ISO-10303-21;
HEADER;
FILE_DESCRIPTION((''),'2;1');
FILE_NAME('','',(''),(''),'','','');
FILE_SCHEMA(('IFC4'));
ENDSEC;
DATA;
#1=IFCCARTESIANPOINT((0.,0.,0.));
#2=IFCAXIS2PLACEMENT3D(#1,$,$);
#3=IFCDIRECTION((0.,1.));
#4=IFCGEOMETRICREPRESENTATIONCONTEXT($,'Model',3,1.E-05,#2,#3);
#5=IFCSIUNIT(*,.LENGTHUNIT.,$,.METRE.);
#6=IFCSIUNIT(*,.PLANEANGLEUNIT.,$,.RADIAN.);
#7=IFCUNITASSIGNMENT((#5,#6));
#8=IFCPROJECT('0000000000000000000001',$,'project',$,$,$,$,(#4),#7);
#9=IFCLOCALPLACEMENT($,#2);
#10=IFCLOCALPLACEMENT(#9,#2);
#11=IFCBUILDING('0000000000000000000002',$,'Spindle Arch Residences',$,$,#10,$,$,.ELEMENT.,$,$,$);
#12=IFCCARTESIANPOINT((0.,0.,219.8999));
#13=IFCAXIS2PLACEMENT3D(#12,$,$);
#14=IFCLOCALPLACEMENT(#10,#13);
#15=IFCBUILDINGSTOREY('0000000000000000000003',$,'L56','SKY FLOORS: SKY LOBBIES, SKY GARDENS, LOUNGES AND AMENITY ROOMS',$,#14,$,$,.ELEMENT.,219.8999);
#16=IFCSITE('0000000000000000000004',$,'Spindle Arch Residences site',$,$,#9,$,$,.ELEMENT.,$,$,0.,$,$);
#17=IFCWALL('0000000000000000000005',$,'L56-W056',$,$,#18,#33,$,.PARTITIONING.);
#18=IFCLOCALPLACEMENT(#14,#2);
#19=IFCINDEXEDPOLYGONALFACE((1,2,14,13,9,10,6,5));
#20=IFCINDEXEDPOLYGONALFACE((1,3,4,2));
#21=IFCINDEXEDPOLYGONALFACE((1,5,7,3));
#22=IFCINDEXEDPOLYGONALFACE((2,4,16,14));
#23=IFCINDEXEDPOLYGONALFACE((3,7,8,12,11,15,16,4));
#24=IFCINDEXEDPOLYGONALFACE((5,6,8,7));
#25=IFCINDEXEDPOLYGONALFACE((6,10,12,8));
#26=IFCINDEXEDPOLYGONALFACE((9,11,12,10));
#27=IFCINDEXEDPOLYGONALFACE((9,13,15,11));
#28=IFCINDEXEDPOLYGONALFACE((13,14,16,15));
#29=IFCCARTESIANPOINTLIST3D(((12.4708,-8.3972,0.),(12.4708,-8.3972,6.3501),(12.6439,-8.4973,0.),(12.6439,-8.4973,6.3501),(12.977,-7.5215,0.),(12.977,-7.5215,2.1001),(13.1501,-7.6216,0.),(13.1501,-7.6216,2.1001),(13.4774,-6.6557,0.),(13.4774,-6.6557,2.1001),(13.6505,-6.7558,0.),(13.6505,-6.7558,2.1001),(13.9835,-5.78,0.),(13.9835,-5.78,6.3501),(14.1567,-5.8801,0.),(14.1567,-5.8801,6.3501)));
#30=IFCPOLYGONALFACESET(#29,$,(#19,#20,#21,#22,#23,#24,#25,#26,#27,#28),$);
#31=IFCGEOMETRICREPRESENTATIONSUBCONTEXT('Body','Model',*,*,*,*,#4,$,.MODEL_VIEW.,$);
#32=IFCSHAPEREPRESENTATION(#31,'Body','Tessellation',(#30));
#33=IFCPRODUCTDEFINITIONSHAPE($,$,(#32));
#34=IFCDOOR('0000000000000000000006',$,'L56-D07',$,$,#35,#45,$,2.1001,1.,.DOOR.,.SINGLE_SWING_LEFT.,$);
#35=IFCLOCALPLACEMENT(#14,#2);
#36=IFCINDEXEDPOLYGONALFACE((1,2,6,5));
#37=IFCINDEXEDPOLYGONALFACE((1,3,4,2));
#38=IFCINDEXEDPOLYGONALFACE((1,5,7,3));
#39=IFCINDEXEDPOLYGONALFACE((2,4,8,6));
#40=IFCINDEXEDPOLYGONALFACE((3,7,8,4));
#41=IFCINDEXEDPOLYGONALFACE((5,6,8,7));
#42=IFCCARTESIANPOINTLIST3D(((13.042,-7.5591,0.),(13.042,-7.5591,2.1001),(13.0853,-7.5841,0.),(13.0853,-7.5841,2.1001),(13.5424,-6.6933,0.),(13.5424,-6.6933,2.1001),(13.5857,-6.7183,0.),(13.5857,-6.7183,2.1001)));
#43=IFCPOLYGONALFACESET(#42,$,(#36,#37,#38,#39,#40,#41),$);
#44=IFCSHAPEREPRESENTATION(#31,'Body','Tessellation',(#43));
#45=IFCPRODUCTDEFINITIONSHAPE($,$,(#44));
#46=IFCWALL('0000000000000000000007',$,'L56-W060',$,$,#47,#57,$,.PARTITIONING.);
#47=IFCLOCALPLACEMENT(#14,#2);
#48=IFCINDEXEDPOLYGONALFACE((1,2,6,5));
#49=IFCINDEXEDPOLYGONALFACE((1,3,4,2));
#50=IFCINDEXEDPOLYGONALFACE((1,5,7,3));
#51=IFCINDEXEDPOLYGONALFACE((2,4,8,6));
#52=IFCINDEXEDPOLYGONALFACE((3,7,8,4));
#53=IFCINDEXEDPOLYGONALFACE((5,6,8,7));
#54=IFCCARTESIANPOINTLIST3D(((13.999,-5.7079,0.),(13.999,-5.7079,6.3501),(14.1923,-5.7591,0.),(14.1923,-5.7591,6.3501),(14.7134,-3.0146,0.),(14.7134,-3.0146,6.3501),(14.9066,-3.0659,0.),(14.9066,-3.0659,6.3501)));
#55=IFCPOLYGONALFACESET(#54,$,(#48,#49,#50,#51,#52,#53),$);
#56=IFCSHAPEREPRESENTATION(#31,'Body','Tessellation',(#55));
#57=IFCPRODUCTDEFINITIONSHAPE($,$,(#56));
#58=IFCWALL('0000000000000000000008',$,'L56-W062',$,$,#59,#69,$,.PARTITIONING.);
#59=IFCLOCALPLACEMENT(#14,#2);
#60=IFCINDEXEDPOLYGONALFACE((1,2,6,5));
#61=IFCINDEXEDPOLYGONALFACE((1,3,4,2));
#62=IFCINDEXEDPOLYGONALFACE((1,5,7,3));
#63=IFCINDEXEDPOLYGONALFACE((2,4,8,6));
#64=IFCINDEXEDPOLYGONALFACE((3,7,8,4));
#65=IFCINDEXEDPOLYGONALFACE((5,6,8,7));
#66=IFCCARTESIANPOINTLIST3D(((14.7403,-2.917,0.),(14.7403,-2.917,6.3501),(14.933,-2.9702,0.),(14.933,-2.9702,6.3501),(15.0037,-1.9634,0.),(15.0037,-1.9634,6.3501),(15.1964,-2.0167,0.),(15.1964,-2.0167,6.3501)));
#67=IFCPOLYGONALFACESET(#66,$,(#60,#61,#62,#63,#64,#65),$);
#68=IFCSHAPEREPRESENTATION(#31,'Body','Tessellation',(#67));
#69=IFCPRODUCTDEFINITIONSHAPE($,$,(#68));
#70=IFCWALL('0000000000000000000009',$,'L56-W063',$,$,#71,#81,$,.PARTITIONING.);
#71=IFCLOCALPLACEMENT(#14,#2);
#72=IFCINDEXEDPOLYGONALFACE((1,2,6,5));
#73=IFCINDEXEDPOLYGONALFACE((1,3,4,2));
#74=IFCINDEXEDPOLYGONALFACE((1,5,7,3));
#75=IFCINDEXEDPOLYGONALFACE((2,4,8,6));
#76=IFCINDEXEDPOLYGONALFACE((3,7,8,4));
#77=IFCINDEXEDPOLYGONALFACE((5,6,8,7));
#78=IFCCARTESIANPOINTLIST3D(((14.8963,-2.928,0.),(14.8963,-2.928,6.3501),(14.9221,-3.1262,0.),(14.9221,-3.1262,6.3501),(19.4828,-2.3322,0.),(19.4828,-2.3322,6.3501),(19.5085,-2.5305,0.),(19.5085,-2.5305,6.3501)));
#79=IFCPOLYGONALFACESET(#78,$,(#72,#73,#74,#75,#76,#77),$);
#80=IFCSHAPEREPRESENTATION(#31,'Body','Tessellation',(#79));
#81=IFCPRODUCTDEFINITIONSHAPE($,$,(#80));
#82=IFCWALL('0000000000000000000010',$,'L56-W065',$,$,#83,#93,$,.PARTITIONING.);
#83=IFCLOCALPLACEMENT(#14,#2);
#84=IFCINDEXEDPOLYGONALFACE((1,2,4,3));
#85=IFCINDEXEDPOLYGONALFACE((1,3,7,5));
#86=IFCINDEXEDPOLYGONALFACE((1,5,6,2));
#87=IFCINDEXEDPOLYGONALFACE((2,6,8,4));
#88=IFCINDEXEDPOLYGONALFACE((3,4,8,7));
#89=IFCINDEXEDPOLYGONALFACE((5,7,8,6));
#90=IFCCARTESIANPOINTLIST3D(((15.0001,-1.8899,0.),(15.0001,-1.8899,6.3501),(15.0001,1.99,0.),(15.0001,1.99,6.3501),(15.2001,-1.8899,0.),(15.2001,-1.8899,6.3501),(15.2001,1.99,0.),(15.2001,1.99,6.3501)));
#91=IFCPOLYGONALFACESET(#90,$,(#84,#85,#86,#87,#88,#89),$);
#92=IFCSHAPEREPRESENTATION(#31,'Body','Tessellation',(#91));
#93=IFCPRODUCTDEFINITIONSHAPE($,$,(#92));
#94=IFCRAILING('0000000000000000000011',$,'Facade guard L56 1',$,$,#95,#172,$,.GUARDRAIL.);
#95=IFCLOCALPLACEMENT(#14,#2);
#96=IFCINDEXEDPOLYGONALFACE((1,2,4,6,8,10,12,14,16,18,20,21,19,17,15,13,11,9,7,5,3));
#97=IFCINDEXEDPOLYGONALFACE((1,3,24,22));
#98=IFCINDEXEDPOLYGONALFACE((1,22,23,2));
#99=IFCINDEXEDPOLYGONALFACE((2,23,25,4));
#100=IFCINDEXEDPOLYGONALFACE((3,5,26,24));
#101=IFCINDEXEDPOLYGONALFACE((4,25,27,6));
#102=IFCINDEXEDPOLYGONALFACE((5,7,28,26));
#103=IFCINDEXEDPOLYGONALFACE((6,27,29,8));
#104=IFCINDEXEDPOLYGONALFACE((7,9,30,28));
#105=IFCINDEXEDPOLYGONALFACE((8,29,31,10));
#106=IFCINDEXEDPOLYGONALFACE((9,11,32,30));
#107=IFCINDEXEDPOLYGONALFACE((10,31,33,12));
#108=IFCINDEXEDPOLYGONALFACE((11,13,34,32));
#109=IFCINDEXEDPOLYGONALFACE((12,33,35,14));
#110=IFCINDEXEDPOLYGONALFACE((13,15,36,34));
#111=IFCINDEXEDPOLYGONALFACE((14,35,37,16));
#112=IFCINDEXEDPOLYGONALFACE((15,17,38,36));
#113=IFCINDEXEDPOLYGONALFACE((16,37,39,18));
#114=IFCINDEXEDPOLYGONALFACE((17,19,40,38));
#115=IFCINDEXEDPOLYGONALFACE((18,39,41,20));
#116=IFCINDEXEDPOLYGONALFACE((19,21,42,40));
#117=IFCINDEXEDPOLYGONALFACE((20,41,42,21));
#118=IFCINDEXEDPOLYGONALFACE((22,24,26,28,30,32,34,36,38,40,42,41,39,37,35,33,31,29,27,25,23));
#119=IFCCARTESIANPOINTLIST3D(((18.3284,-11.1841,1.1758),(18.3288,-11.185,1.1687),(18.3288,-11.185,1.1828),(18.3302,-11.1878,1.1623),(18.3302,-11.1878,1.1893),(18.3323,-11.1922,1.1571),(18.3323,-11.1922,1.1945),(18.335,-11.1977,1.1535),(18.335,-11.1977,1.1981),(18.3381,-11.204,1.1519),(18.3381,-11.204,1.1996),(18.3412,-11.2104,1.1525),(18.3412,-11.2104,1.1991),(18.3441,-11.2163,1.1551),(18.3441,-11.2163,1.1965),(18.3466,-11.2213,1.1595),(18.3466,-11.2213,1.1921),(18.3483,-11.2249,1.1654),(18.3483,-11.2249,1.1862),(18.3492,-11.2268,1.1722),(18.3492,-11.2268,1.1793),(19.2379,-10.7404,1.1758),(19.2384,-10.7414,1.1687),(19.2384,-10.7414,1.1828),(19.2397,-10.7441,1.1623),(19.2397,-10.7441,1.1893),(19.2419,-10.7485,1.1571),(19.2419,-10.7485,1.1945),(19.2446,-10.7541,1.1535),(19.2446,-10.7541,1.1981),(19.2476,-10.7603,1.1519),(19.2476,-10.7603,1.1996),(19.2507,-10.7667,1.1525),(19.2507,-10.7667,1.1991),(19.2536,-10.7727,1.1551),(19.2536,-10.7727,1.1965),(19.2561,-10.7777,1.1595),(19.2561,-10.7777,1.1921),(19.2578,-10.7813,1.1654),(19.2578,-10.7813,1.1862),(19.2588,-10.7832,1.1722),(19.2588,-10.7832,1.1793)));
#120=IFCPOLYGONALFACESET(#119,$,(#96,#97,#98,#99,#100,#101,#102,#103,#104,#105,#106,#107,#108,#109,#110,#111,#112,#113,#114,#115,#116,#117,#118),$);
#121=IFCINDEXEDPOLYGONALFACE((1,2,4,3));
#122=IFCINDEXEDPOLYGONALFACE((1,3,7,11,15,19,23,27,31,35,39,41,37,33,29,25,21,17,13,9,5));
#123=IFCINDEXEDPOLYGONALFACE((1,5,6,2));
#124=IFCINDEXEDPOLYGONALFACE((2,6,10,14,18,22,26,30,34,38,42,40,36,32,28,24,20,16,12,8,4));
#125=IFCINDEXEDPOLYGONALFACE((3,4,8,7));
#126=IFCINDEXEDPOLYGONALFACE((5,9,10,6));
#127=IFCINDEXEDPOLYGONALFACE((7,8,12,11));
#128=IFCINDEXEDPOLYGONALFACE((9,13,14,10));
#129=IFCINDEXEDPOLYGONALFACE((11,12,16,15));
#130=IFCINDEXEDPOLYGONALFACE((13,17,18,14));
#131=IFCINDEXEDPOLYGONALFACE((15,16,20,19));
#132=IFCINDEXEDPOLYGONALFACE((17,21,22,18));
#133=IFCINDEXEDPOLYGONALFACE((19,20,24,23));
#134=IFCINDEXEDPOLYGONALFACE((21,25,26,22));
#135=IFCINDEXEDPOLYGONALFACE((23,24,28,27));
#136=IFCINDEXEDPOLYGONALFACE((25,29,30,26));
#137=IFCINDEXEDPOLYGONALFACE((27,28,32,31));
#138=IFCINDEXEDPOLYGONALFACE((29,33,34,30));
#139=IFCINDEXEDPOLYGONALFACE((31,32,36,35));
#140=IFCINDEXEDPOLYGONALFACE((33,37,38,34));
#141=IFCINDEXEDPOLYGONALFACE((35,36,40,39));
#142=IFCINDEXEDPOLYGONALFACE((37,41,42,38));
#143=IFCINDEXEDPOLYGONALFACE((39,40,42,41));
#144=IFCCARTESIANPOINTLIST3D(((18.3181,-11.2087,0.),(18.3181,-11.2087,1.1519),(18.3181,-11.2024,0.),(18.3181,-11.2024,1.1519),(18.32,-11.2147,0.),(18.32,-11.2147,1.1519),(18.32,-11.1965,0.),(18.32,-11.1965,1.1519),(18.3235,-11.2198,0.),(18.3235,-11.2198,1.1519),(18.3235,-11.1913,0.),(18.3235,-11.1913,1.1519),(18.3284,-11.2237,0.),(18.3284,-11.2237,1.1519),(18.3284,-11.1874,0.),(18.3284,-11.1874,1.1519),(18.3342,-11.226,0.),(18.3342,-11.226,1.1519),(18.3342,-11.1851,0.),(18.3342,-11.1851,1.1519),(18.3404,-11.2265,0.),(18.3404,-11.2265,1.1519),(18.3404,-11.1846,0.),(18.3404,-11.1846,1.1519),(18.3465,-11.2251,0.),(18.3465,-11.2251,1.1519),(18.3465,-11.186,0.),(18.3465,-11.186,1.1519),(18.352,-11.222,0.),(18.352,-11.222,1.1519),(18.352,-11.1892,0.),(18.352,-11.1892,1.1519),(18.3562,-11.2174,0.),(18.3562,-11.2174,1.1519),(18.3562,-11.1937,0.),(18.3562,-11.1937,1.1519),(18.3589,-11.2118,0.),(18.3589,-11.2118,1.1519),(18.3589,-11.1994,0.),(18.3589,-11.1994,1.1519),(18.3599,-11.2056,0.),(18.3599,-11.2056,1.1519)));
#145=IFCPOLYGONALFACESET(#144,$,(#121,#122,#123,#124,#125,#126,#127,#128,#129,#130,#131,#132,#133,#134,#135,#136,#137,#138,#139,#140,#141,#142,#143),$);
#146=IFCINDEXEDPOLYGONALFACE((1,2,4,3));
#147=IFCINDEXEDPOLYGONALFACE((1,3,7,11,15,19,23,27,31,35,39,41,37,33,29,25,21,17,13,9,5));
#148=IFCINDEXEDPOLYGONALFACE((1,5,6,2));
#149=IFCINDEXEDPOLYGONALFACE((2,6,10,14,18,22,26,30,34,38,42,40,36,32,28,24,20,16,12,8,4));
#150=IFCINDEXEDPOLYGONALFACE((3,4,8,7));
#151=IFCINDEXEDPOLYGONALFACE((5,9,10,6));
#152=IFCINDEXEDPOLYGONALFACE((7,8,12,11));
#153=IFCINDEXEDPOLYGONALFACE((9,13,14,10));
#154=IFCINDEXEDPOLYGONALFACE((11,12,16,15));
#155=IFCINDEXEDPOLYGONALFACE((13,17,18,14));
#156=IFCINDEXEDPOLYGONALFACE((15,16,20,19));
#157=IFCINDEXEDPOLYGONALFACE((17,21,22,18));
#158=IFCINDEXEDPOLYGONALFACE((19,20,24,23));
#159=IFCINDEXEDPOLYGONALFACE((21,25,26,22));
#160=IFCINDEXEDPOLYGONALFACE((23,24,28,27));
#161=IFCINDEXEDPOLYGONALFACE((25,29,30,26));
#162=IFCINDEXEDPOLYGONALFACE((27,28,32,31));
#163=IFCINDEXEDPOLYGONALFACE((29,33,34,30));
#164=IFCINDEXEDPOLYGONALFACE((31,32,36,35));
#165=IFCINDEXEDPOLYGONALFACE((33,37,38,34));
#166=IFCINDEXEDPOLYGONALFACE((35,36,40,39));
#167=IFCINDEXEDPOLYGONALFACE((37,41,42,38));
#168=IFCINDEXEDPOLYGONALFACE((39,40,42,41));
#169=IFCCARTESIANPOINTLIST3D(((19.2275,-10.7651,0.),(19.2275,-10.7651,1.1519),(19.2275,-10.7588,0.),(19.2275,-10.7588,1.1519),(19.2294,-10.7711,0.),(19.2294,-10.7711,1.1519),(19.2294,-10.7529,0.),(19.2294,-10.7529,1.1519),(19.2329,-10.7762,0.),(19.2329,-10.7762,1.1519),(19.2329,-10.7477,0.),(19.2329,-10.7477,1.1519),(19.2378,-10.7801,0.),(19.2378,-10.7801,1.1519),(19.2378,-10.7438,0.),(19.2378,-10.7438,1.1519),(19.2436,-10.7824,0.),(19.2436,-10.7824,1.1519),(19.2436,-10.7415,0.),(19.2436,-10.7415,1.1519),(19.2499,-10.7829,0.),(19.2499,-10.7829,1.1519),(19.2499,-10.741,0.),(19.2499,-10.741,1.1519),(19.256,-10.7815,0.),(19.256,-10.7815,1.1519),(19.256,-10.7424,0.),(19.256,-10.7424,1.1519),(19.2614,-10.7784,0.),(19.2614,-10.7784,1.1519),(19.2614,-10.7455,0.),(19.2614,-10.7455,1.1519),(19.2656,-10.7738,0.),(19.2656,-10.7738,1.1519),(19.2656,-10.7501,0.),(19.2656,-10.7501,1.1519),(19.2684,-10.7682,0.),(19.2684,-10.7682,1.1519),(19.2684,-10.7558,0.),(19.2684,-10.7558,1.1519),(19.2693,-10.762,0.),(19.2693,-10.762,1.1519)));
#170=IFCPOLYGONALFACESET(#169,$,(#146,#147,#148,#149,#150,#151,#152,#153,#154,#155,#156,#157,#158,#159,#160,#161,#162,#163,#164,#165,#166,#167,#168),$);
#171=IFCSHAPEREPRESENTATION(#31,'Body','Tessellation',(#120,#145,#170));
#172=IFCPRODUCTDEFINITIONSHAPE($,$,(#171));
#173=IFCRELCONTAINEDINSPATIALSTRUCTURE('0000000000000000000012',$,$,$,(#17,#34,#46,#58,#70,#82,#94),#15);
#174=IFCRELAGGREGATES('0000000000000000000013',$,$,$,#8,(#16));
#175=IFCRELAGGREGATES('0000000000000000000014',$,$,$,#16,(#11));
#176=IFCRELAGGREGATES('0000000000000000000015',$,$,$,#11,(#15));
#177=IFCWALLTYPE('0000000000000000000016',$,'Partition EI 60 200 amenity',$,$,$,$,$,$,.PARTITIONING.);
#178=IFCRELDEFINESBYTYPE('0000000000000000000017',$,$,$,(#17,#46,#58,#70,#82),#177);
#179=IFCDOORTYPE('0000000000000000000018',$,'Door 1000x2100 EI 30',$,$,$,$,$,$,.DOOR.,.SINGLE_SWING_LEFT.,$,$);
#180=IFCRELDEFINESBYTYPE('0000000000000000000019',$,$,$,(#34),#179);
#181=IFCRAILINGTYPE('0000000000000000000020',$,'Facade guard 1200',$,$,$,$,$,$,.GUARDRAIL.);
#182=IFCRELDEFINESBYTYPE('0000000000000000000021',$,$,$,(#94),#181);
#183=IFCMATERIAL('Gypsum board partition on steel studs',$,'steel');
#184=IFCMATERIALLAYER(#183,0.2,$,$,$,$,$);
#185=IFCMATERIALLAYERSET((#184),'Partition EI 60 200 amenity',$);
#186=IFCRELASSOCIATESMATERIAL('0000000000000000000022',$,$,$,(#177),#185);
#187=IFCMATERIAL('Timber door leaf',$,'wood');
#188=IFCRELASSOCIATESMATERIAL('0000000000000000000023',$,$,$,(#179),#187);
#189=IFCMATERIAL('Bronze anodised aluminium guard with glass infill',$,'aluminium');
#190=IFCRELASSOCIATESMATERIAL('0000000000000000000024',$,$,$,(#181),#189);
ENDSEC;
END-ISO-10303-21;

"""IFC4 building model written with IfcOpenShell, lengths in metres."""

from ifc_helpers import new_model, si_unit, direction, frame, frame_2d, origin, origin_2d, place, context, subcontext, project, spatial, rectangle, circle, extrude, material, layer, layer_set, type_object, element, fill, save


model = new_model("IFC4")

# Units and contexts
model_context = context("Model", 3, precision=1e-05, world=origin(), true_north=direction((0.0, 1.0)))
body_context = subcontext(model_context, "Body", "Model", "MODEL_VIEW")
ifc_project = project(units=[si_unit("LENGTHUNIT", "METRE"), si_unit("PLANEANGLEUNIT", "RADIAN")], contexts=[model_context])

# Site, building, storey
site_placement = place(None, origin())
site = spatial("IfcSite", under=ifc_project, at=site_placement, Name="Spindle Arch Residences site", CompositionType="ELEMENT", RefElevation=0.0)
building_placement = place(site_placement, origin())
building = spatial("IfcBuilding", under=site, at=building_placement, Name="Spindle Arch Residences", CompositionType="ELEMENT")
storey_placement = place(building_placement, frame((0.0, 0.0, 219.8999)))
storey = spatial("IfcBuildingStorey", under=building, at=storey_placement, Name="L56", Description="SKY FLOORS: SKY LOBBIES, SKY GARDENS, LOUNGES AND AMENITY ROOMS", CompositionType="ELEMENT", Elevation=219.8999)

# Wall, opening, door
ifc_material_1 = material(Name="Gypsum board partition on steel studs", Category="steel")
ifc_layer_1 = layer(ifc_material_1, 0.2)
ifc_layer_set_1 = layer_set([ifc_layer_1], Name="Partition EI 60 200 amenity")
wall_type_1 = type_object("IfcWallType", Name="Partition EI 60 200 amenity", PredefinedType="PARTITIONING", material=ifc_layer_set_1)
wall_1_placement = place(storey_placement, frame((12.5574, -8.4473, 0.0), z_axis=(0.0, 0.0, 1.0), x_axis=(0.500412, 0.865787, 0.0)))
wall_1 = element("IfcWall", 1, at=wall_1_placement, inside=storey, type_object=wall_type_1, Name="L56-W056", PredefinedType="PARTITIONING", context=body_context, shape_type="SweptSolid", body=[
    extrude(rectangle(XDim=3.0229, YDim=0.2, at=frame_2d((1.5115, 0.0))), origin(), (0.0, 0.0, 1.0), 6.3501),
])
opening_placement = place(wall_1_placement, frame((1.0115, 0.0, 0.0)))
opening = element("IfcOpeningElement", 2, at=opening_placement, cuts=wall_1, PredefinedType="OPENING", context=body_context, shape_type="SweptSolid", body=[
    extrude(rectangle(XDim=1.0, YDim=2.1001, at=frame_2d((0.5, 1.05))), frame((0.0, 0.1099, 0.0), z_axis=(0.0, -1.0, 0.0), x_axis=(1.0, 0.0, 0.0)), (0.0, 0.0, 1.0), 0.22),
])
ifc_material_2 = material(Name="Timber door leaf", Category="wood")
door_type = type_object("IfcDoorType", Name="Door 1000x2100 EI 30", OperationType="SINGLE_SWING_LEFT", PredefinedType="DOOR", material=ifc_material_2)
door_placement = place(opening_placement, origin())
door = element("IfcDoor", 3, at=door_placement, inside=storey, type_object=door_type, Name="L56-D07", OperationType="SINGLE_SWING_LEFT", OverallHeight=2.1001, OverallWidth=1.0, PredefinedType="DOOR", context=body_context, shape_type="SweptSolid", body=[
    extrude(rectangle(XDim=1.0, YDim=2.1001, at=frame_2d((0.5, 1.05))), frame((0.0, 0.0249, 0.0), z_axis=(0.0, -1.0, 0.0), x_axis=(1.0, 0.0, 0.0)), (0.0, 0.0, 1.0), 0.05),
])
fill(opening, door)

# Walls
wall_2_placement = place(storey_placement, frame((14.0957, -5.7334, 0.0), z_axis=(0.0, 0.0, 1.0), x_axis=(0.256365, 0.96658, 0.0)))
element("IfcWall", 4, at=wall_2_placement, inside=storey, type_object=wall_type_1, Name="L56-W060", PredefinedType="PARTITIONING", context=body_context, shape_type="SweptSolid", body=[
    extrude(rectangle(XDim=2.7864, YDim=0.2, at=frame_2d((1.3931, 0.0))), origin(), (0.0, 0.0, 1.0), 6.3501),
])
wall_3_placement = place(storey_placement, frame((14.8367, -2.9436, 0.0), z_axis=(0.0, 0.0, 1.0), x_axis=(0.266269, 0.963899, 0.0)))
element("IfcWall", 5, at=wall_3_placement, inside=storey, type_object=wall_type_1, Name="L56-W062", PredefinedType="PARTITIONING", context=body_context, shape_type="SweptSolid", body=[
    extrude(rectangle(XDim=0.9893, YDim=0.2, at=frame_2d((0.4946, 0.0))), origin(), (0.0, 0.0, 1.0), 6.3501),
])
wall_4_placement = place(storey_placement, frame((14.9092, -3.0271, 0.0), z_axis=(0.0, 0.0, 1.0), x_axis=(0.99167, 0.128802, 0.0)))
element("IfcWall", 6, at=wall_4_placement, inside=storey, type_object=wall_type_1, Name="L56-W063", PredefinedType="PARTITIONING", context=body_context, shape_type="SweptSolid", body=[
    extrude(rectangle(XDim=4.625, YDim=0.2, at=frame_2d((2.3125, 0.0))), origin(), (0.0, 0.0, 1.0), 6.3501),
])
wall_5_placement = place(storey_placement, frame((15.1001, -1.8899, 0.0), z_axis=(0.0, 0.0, 1.0), x_axis=(0.0, 1.0, 0.0)))
element("IfcWall", 7, at=wall_5_placement, inside=storey, type_object=wall_type_1, Name="L56-W065", PredefinedType="PARTITIONING", context=body_context, shape_type="SweptSolid", body=[
    extrude(rectangle(XDim=3.8799, YDim=0.2, at=frame_2d((1.9399, 0.0))), origin(), (0.0, 0.0, 1.0), 6.3501),
])

# Railing
ifc_material_3 = material(Name="Bronze anodised aluminium guard with glass infill", Category="aluminium")
railing_type = type_object("IfcRailingType", Name="Facade guard 1200", PredefinedType="GUARDRAIL", material=ifc_material_3)
railing_placement = place(storey_placement, frame((18.3389, -11.2056, 0.0)))
element("IfcRailing", 8, at=railing_placement, inside=storey, type_object=railing_type, Name="Facade guard L56 1", PredefinedType="GUARDRAIL", context=body_context, shape_type="SweptSolid", body=[
    extrude(circle(Radius=0.0239, at=origin_2d()), frame((0.0, 0.0, 1.1758), z_axis=(0.898775, 0.438409, 0.0), x_axis=(-0.438409, 0.898775, 0.0)), (0.0, 0.0, 1.0), 1.012),
    extrude(circle(Radius=0.021, at=origin_2d()), origin(), (0.0, 0.0, 1.0), 1.1519),
    extrude(circle(Radius=0.021, at=origin_2d()), frame((0.9094, 0.4436, 0.0)), (0.0, 0.0, 1.0), 1.1519),
])

save(model, "model.ifc")
